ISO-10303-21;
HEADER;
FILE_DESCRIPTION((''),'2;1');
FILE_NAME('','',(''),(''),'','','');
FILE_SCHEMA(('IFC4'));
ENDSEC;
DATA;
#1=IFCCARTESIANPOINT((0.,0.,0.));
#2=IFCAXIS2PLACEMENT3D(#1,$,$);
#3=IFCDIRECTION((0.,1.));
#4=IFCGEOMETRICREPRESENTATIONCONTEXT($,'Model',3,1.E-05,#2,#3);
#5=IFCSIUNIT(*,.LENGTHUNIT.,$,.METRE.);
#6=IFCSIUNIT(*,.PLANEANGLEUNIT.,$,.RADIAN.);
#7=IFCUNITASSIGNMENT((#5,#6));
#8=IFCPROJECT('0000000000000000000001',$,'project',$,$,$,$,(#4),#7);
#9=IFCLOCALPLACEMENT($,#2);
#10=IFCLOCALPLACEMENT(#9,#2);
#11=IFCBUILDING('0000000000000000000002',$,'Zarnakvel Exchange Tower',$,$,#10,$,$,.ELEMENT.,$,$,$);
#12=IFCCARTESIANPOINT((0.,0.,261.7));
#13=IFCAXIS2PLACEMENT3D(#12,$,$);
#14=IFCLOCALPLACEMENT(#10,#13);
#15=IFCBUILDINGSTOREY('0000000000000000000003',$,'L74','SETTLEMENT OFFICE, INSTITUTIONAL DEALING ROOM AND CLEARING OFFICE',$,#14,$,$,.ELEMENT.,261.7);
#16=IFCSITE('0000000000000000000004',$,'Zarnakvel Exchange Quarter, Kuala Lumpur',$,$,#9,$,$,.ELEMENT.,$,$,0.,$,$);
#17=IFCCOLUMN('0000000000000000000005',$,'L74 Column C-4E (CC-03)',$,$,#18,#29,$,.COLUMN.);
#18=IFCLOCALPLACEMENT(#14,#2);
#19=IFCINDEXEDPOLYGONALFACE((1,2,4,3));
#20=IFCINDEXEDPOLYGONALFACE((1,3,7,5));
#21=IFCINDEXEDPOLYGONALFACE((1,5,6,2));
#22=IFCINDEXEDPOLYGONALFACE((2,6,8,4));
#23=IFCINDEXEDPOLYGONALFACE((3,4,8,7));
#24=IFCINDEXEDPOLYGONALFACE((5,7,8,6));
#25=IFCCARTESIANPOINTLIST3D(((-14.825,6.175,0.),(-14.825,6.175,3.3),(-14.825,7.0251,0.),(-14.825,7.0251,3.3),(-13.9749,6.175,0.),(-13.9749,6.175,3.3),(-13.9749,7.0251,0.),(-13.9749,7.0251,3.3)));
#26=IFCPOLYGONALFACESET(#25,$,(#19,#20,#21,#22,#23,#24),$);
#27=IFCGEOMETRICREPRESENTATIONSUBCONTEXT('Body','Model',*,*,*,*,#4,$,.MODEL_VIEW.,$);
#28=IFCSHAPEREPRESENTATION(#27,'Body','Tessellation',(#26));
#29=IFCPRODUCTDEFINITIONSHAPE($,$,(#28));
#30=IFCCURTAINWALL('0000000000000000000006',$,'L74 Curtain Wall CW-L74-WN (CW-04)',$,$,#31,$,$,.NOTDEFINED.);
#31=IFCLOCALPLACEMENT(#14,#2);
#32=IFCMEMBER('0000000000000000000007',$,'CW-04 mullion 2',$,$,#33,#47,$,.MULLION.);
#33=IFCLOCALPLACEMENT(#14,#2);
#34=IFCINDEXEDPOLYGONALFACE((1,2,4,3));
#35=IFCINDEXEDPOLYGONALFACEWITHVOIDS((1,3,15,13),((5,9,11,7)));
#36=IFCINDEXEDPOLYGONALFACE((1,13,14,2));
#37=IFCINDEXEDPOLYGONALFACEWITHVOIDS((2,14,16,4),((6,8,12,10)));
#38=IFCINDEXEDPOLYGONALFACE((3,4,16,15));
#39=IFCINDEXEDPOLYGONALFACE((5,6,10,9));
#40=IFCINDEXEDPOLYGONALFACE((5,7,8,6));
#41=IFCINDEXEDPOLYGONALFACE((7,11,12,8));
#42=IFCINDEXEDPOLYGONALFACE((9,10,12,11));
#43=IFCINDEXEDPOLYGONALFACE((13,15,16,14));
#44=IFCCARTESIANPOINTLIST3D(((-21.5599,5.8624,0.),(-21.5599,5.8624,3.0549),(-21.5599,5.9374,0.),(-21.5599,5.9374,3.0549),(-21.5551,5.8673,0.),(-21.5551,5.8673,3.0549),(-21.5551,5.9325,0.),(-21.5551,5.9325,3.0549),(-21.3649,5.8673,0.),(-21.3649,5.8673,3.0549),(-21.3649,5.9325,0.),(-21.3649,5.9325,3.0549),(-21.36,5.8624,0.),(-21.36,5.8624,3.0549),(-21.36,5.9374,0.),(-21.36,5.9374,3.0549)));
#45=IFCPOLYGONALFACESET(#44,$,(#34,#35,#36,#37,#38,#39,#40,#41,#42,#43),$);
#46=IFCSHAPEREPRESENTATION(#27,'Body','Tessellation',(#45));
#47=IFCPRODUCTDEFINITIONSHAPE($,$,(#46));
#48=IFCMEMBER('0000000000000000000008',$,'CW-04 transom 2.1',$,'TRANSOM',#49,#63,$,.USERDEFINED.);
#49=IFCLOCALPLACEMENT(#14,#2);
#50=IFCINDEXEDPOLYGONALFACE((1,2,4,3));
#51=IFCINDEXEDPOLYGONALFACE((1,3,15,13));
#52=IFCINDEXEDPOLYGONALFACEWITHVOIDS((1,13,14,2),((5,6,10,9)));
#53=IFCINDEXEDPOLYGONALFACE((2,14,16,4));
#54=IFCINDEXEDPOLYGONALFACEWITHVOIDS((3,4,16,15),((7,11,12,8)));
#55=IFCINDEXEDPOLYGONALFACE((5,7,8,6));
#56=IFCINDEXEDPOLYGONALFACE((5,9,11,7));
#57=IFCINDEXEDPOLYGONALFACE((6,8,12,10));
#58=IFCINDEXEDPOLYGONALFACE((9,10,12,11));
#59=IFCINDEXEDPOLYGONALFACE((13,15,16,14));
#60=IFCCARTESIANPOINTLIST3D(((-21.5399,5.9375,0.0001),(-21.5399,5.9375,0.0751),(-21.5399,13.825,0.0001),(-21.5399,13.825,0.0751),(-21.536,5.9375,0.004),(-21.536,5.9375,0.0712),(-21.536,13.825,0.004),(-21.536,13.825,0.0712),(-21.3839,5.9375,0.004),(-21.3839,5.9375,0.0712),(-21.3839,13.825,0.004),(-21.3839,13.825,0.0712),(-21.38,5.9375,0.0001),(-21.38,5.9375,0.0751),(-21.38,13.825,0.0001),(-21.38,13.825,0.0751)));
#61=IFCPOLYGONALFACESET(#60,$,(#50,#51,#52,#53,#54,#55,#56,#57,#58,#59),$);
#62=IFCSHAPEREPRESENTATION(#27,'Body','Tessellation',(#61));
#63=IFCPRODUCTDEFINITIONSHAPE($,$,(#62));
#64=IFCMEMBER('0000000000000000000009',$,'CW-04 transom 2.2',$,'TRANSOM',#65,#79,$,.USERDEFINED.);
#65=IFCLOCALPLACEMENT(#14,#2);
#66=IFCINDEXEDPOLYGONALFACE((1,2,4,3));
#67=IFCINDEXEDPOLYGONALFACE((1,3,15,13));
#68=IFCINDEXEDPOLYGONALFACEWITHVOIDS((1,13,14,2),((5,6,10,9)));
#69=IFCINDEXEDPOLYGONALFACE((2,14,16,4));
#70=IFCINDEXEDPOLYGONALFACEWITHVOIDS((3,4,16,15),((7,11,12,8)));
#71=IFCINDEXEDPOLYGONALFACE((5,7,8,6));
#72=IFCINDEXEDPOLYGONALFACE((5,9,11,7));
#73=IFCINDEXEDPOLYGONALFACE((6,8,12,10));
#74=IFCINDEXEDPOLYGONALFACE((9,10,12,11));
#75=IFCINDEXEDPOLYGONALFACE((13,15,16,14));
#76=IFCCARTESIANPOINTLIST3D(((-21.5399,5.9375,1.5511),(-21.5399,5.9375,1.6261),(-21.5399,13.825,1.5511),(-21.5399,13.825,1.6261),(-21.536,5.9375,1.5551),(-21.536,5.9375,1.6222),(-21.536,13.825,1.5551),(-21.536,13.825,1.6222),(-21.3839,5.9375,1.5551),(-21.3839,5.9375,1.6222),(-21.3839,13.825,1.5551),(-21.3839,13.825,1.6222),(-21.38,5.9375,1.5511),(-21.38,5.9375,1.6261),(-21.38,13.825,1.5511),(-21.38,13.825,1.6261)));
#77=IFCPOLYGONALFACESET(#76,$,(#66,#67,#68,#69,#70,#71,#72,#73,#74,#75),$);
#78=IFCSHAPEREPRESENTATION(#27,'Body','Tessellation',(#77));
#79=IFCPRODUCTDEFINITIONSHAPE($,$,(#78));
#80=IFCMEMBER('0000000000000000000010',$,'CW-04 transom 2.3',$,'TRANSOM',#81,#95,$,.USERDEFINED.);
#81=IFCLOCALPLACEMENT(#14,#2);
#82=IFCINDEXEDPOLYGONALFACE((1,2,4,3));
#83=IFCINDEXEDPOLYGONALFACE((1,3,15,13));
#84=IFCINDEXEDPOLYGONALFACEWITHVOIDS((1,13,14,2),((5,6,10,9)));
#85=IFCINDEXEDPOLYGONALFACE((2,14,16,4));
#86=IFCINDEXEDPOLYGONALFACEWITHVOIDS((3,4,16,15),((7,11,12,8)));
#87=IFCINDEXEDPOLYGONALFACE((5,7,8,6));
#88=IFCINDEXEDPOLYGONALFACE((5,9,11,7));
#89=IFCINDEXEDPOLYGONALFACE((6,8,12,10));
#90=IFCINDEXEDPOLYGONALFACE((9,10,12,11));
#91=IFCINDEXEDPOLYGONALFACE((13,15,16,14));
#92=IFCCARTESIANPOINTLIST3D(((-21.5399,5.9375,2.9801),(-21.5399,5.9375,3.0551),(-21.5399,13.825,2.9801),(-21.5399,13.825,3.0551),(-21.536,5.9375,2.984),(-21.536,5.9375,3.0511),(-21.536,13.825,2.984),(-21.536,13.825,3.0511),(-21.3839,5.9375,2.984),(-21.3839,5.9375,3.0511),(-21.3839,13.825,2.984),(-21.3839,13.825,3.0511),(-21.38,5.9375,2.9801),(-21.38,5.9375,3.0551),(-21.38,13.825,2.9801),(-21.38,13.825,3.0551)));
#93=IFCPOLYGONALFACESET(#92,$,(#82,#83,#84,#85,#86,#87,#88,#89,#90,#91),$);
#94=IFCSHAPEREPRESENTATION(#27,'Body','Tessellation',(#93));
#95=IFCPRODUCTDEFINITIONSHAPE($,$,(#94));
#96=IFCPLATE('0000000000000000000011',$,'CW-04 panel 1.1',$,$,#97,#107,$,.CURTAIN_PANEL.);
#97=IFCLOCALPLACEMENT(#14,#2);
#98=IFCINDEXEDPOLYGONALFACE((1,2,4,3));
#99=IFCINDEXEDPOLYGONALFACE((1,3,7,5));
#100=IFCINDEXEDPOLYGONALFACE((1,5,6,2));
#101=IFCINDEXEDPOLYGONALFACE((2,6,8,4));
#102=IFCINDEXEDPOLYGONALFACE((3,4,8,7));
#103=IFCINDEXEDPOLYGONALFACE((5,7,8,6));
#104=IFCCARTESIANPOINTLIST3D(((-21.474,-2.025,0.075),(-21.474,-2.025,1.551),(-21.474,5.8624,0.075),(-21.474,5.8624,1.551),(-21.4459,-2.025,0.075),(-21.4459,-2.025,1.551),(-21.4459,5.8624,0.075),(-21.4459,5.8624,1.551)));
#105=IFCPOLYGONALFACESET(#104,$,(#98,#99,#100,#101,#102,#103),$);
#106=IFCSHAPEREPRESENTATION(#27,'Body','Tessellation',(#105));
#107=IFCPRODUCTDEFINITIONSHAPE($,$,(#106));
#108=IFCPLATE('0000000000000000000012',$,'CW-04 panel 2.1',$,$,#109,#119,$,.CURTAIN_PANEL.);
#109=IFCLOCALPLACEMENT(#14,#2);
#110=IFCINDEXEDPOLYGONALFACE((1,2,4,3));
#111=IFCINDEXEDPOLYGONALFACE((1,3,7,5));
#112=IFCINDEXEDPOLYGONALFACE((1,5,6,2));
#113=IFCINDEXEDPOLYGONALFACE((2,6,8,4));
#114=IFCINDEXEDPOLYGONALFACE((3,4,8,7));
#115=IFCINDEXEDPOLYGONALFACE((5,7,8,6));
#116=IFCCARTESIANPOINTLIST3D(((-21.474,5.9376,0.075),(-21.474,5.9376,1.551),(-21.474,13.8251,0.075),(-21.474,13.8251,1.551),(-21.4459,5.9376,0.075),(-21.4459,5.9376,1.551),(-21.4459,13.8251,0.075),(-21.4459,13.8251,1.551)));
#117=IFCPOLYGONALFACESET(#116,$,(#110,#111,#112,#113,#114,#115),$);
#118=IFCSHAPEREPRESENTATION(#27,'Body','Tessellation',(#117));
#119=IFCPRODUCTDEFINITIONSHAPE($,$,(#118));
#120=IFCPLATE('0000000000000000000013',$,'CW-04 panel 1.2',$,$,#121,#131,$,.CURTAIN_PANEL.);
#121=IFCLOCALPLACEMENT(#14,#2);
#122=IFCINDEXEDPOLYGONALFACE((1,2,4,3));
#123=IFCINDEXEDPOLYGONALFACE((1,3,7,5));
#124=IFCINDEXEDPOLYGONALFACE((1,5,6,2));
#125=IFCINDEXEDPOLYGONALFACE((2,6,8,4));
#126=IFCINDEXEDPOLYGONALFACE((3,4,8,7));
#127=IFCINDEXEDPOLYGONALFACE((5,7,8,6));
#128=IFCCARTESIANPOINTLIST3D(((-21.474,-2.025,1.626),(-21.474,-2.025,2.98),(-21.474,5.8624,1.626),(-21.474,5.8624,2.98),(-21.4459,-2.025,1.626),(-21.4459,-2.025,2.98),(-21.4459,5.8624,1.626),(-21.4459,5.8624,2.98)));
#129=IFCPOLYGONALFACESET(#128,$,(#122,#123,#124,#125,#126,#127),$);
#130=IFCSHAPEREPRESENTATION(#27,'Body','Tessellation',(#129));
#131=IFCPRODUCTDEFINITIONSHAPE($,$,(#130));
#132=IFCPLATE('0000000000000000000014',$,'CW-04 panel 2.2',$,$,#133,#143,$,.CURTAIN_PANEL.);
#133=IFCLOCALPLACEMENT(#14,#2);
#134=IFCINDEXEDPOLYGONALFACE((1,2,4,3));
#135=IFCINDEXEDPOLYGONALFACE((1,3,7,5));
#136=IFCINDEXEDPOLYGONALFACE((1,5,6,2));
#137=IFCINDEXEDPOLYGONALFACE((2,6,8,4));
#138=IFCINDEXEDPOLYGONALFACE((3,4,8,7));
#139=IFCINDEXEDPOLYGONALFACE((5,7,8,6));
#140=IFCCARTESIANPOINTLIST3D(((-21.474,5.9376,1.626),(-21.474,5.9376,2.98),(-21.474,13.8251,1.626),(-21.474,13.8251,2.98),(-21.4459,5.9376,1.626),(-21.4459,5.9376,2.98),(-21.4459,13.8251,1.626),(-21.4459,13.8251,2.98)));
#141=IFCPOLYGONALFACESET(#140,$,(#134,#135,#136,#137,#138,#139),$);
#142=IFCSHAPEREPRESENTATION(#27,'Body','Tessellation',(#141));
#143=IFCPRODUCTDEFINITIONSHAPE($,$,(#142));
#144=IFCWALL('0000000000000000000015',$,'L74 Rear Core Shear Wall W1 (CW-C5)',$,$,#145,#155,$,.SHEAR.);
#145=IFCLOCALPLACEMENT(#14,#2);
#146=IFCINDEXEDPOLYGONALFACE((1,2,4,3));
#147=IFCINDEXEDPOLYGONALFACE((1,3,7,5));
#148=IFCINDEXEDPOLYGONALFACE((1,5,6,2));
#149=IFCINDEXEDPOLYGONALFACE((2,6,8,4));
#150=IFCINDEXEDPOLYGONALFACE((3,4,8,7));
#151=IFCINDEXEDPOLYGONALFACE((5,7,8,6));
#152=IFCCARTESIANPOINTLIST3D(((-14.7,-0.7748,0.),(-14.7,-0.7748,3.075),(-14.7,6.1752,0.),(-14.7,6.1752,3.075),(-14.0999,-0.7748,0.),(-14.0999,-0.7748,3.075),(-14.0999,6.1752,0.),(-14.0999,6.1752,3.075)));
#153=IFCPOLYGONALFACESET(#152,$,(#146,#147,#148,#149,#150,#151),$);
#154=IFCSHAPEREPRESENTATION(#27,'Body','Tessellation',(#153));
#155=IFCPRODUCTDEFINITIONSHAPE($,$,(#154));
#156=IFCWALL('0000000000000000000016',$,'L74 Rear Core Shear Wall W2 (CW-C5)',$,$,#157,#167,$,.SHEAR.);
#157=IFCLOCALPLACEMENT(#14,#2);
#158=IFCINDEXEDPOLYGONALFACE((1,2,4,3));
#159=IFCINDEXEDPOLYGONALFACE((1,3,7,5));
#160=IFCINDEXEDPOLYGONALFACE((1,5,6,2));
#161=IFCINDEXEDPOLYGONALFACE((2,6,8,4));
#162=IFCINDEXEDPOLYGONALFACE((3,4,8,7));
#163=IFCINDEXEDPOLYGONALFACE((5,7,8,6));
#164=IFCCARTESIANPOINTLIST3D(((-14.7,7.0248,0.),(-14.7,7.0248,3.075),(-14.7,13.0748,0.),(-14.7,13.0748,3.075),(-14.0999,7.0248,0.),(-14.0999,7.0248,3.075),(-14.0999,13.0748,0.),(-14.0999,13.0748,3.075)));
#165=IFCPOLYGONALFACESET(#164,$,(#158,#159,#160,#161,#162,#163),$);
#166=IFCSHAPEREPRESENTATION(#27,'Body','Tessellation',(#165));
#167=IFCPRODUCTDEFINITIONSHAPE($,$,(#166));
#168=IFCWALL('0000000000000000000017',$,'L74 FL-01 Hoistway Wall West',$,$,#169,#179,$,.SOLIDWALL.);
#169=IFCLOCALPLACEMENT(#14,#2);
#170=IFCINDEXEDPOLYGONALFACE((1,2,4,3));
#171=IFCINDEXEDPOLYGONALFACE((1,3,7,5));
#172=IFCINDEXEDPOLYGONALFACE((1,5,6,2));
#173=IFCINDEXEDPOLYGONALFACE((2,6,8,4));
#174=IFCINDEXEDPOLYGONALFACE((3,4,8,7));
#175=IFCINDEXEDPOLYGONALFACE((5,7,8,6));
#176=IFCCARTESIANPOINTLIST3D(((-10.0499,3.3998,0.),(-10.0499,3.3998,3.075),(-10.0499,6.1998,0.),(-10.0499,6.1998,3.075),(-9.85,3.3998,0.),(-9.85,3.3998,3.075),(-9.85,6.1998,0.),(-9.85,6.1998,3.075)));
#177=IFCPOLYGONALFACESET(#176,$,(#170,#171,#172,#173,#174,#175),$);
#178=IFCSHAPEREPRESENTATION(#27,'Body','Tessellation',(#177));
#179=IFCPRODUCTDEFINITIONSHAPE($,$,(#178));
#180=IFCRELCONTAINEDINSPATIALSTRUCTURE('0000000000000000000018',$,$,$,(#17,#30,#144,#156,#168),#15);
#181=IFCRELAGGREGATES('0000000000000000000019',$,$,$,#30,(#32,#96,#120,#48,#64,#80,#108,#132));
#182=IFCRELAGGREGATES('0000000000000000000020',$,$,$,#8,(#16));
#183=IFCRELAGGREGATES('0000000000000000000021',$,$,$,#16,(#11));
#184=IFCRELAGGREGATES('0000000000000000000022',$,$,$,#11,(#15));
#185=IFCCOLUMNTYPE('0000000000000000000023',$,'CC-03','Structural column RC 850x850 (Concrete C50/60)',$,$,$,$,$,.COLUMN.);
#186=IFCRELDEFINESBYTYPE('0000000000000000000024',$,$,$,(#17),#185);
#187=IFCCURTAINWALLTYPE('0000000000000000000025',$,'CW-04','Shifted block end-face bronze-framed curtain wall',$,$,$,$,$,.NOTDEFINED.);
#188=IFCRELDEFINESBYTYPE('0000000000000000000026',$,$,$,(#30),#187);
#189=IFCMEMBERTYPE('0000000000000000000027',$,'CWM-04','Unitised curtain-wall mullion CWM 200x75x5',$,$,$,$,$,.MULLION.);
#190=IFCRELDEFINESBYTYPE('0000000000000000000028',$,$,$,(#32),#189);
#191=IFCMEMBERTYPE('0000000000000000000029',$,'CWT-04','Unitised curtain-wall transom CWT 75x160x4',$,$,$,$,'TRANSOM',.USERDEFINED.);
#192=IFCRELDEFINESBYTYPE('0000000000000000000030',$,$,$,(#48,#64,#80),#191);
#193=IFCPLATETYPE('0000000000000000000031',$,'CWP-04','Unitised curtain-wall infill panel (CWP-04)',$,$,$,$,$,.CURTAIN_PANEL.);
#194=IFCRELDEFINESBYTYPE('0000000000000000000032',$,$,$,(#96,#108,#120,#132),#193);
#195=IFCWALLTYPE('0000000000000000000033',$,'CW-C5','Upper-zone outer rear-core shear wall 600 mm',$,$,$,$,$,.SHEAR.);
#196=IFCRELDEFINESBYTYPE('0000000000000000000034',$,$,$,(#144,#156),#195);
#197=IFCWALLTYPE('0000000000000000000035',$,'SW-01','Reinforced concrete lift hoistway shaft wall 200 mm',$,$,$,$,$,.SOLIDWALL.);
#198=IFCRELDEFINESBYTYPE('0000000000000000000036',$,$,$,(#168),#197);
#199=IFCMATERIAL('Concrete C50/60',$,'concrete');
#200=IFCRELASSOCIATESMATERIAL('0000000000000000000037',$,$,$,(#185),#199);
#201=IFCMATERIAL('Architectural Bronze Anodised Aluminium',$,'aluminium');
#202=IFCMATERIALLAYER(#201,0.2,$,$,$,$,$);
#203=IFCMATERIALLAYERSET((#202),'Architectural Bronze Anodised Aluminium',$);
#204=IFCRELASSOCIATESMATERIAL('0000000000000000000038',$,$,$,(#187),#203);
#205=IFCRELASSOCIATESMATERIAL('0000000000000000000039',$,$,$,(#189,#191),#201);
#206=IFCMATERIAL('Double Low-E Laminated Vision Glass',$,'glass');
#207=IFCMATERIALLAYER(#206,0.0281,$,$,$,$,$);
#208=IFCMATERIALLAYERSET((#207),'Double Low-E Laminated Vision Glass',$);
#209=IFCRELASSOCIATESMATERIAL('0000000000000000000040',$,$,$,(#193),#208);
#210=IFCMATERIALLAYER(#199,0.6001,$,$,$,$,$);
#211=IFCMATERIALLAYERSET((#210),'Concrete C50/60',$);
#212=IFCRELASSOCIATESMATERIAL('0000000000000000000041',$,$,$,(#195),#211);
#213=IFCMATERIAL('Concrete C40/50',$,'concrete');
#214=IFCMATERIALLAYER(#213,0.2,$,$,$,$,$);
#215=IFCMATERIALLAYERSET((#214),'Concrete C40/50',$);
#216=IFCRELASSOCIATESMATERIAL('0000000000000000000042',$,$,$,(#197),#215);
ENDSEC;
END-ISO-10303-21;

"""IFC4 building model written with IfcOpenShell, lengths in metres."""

from ifc_helpers import new_model, si_unit, direction, frame, frame_2d, origin, origin_2d, place, context, subcontext, project, spatial, rectangle, hollow_rectangle, extrude, source, transform, mapped, material, layer, layer_set, material_profile, profile_set, type_object, element, aggregate, save


model = new_model("IFC4")

# Units and contexts
model_context = context("Model", 3, precision=1e-05, world=origin(), true_north=direction((0.0, 1.0)))
body_context = subcontext(model_context, "Body", "Model", "MODEL_VIEW")
ifc_project = project(units=[si_unit("LENGTHUNIT", "METRE"), si_unit("PLANEANGLEUNIT", "RADIAN")], contexts=[model_context])

# Site, building, storey
site_placement = place(None, origin())
site = spatial("IfcSite", under=ifc_project, at=site_placement, Name="Zarnakvel Exchange Quarter, Kuala Lumpur", CompositionType="ELEMENT", RefElevation=0.0)
building_placement = place(site_placement, origin())
building = spatial("IfcBuilding", under=site, at=building_placement, Name="Zarnakvel Exchange Tower", CompositionType="ELEMENT")
storey_placement = place(building_placement, frame((0.0, 0.0, 261.7)))
storey = spatial("IfcBuildingStorey", under=building, at=storey_placement, Name="L74", Description="SETTLEMENT OFFICE, INSTITUTIONAL DEALING ROOM AND CLEARING OFFICE", CompositionType="ELEMENT", Elevation=261.7)

# Column
ifc_material_1 = material(Name="Concrete C50/60", Category="concrete")
ifc_material_profile_1 = material_profile(ifc_material_1, rectangle(XDim=0.8501, YDim=0.8501, at=origin_2d()))
ifc_profile_set_1 = profile_set([ifc_material_profile_1], Name="Concrete C50/60")
column_type = type_object("IfcColumnType", Name="CC-03", Description="Structural column RC 850x850 (Concrete C50/60)", PredefinedType="COLUMN", material=ifc_profile_set_1)
column_placement = place(storey_placement, frame((-14.3999, 6.6001, 0.0), z_axis=(0.0, 0.0, 1.0), x_axis=(1.0, 0.0, 0.0)))
element("IfcColumn", 1, at=column_placement, inside=storey, type_object=column_type, Name="L74 Column C-4E (CC-03)", PredefinedType="COLUMN", context=body_context, shape_type="SweptSolid", body=[
    extrude(rectangle(XDim=0.8501, YDim=0.8501, at=origin_2d()), origin(), (0.0, 0.0, 1.0), 3.3),
])

# Curtain wall, members, plates
ifc_material_2 = material(Name="Architectural Bronze Anodised Aluminium", Category="aluminium")
ifc_layer_1 = layer(ifc_material_2, 0.2)
ifc_layer_set_1 = layer_set([ifc_layer_1], Name="Architectural Bronze Anodised Aluminium")
curtain_wall_type = type_object("IfcCurtainWallType", Name="CW-04", Description="Shifted block end-face bronze-framed curtain wall", PredefinedType="NOTDEFINED", material=ifc_layer_set_1)
curtain_wall_placement = place(storey_placement, origin())
curtain_wall = element("IfcCurtainWall", 2, at=curtain_wall_placement, inside=storey, type_object=curtain_wall_type, Name="L74 Curtain Wall CW-L74-WN (CW-04)", PredefinedType="NOTDEFINED")
ifc_material_profile_2 = material_profile(ifc_material_2, hollow_rectangle(XDim=0.2, YDim=0.075, WallThickness=0.0049, at=origin_2d()))
ifc_profile_set_2 = profile_set([ifc_material_profile_2], Name="Architectural Bronze Anodised Aluminium")
member_type_1 = type_object("IfcMemberType", Name="CWM-04", Description="Unitised curtain-wall mullion CWM 200x75x5", PredefinedType="MULLION", material=ifc_profile_set_2)
shared_shape_1 = source(origin(), body_context, "Body", "SweptSolid", [
    extrude(hollow_rectangle(XDim=0.2, YDim=0.075, WallThickness=0.0049, at=origin_2d()), origin(), (0.0, 0.0, 1.0), 3.0549),
])
member_1_placement = place(storey_placement, frame((-21.46, 5.8999, 0.0), z_axis=(0.0, 0.0, 1.0), x_axis=(-1.0, 0.0, 0.0)))
member_1 = element("IfcMember", 3, at=member_1_placement, type_object=member_type_1, Name="CW-04 mullion 2", PredefinedType="MULLION", context=body_context, shape_type="MappedRepresentation", body=[
    mapped(shared_shape_1, transform((0.0, 0.0, 0.0), x_axis=(1.0, 0.0, 0.0), y_axis=(0.0, 1.0, 0.0), z_axis=(0.0, 0.0, 1.0), scale=1.0)),
])
ifc_material_profile_3 = material_profile(ifc_material_2, hollow_rectangle(XDim=0.1599, YDim=0.075, WallThickness=0.0039, at=origin_2d()))
ifc_profile_set_3 = profile_set([ifc_material_profile_3], Name="Architectural Bronze Anodised Aluminium")
member_type_2 = type_object("IfcMemberType", Name="CWT-04", Description="Unitised curtain-wall transom CWT 75x160x4", ElementType="TRANSOM", PredefinedType="USERDEFINED", material=ifc_profile_set_3)
shared_shape_2 = source(origin(), body_context, "Body", "SweptSolid", [
    extrude(hollow_rectangle(XDim=0.1599, YDim=0.075, WallThickness=0.0039, at=origin_2d()), origin(), (0.0, 0.0, 1.0), 7.8875),
])
member_2_placement = place(storey_placement, frame((-21.46, 5.9375, 0.0376), z_axis=(0.0, 1.0, 0.0), x_axis=(-1.0, 0.0, 0.0)))
member_2 = element("IfcMember", 4, at=member_2_placement, type_object=member_type_2, Name="CW-04 transom 2.1", ObjectType="TRANSOM", PredefinedType="USERDEFINED", context=body_context, shape_type="MappedRepresentation", body=[
    mapped(shared_shape_2, transform((0.0, 0.0, 0.0), x_axis=(1.0, 0.0, 0.0), y_axis=(0.0, 1.0, 0.0), z_axis=(0.0, 0.0, 1.0), scale=1.0)),
])
member_3_placement = place(storey_placement, frame((-21.46, 5.9375, 1.5886), z_axis=(0.0, 1.0, 0.0), x_axis=(-1.0, 0.0, 0.0)))
member_3 = element("IfcMember", 5, at=member_3_placement, type_object=member_type_2, Name="CW-04 transom 2.2", ObjectType="TRANSOM", PredefinedType="USERDEFINED", context=body_context, shape_type="MappedRepresentation", body=[
    mapped(shared_shape_2, transform((0.0, 0.0, 0.0), x_axis=(1.0, 0.0, 0.0), y_axis=(0.0, 1.0, 0.0), z_axis=(0.0, 0.0, 1.0), scale=1.0)),
])
member_4_placement = place(storey_placement, frame((-21.46, 5.9375, 3.0176), z_axis=(0.0, 1.0, 0.0), x_axis=(-1.0, 0.0, 0.0)))
member_4 = element("IfcMember", 6, at=member_4_placement, type_object=member_type_2, Name="CW-04 transom 2.3", ObjectType="TRANSOM", PredefinedType="USERDEFINED", context=body_context, shape_type="MappedRepresentation", body=[
    mapped(shared_shape_2, transform((0.0, 0.0, 0.0), x_axis=(1.0, 0.0, 0.0), y_axis=(0.0, 1.0, 0.0), z_axis=(0.0, 0.0, 1.0), scale=1.0)),
])
ifc_material_3 = material(Name="Double Low-E Laminated Vision Glass", Category="glass")
ifc_layer_2 = layer(ifc_material_3, 0.0281)
ifc_layer_set_2 = layer_set([ifc_layer_2], Name="Double Low-E Laminated Vision Glass")
plate_type = type_object("IfcPlateType", Name="CWP-04", Description="Unitised curtain-wall infill panel (CWP-04)", PredefinedType="CURTAIN_PANEL", material=ifc_layer_set_2)
shared_shape_3 = source(origin(), body_context, "Body", "SweptSolid", [
    extrude(rectangle(XDim=7.8875, YDim=0.0281, at=origin_2d()), origin(), (0.0, 0.0, 1.0), 1.4761),
])
plate_1_placement = place(storey_placement, frame((-21.46, 1.9187, 0.075), z_axis=(0.0, 0.0, 1.0), x_axis=(0.0, 1.0, 0.0)))
plate_1 = element("IfcPlate", 7, at=plate_1_placement, type_object=plate_type, Name="CW-04 panel 1.1", PredefinedType="CURTAIN_PANEL", context=body_context, shape_type="MappedRepresentation", body=[
    mapped(shared_shape_3, transform((0.0, 0.0, 0.0), x_axis=(1.0, 0.0, 0.0), y_axis=(0.0, 1.0, 0.0), z_axis=(0.0, 0.0, 1.0), scale=1.0)),
])
plate_2_placement = place(storey_placement, frame((-21.46, 9.8813, 0.075), z_axis=(0.0, 0.0, 1.0), x_axis=(0.0, 1.0, 0.0)))
plate_2 = element("IfcPlate", 8, at=plate_2_placement, type_object=plate_type, Name="CW-04 panel 2.1", PredefinedType="CURTAIN_PANEL", context=body_context, shape_type="MappedRepresentation", body=[
    mapped(shared_shape_3, transform((0.0, 0.0, 0.0), x_axis=(1.0, 0.0, 0.0), y_axis=(0.0, 1.0, 0.0), z_axis=(0.0, 0.0, 1.0), scale=1.0)),
])
shared_shape_4 = source(origin(), body_context, "Body", "SweptSolid", [
    extrude(rectangle(XDim=7.8875, YDim=0.0281, at=origin_2d()), origin(), (0.0, 0.0, 1.0), 1.354),
])
plate_3_placement = place(storey_placement, frame((-21.46, 1.9187, 1.626), z_axis=(0.0, 0.0, 1.0), x_axis=(0.0, 1.0, 0.0)))
plate_3 = element("IfcPlate", 9, at=plate_3_placement, type_object=plate_type, Name="CW-04 panel 1.2", PredefinedType="CURTAIN_PANEL", context=body_context, shape_type="MappedRepresentation", body=[
    mapped(shared_shape_4, transform((0.0, 0.0, 0.0), x_axis=(1.0, 0.0, 0.0), y_axis=(0.0, 1.0, 0.0), z_axis=(0.0, 0.0, 1.0), scale=1.0)),
])
plate_4_placement = place(storey_placement, frame((-21.46, 9.8813, 1.626), z_axis=(0.0, 0.0, 1.0), x_axis=(0.0, 1.0, 0.0)))
plate_4 = element("IfcPlate", 10, at=plate_4_placement, type_object=plate_type, Name="CW-04 panel 2.2", PredefinedType="CURTAIN_PANEL", context=body_context, shape_type="MappedRepresentation", body=[
    mapped(shared_shape_4, transform((0.0, 0.0, 0.0), x_axis=(1.0, 0.0, 0.0), y_axis=(0.0, 1.0, 0.0), z_axis=(0.0, 0.0, 1.0), scale=1.0)),
])
aggregate(curtain_wall, [member_1, plate_1, plate_3, member_2, member_3, member_4, plate_2, plate_4])

# Walls
ifc_layer_3 = layer(ifc_material_1, 0.6001)
ifc_layer_set_3 = layer_set([ifc_layer_3], Name="Concrete C50/60")
wall_type_1 = type_object("IfcWallType", Name="CW-C5", Description="Upper-zone outer rear-core shear wall 600 mm", PredefinedType="SHEAR", material=ifc_layer_set_3)
wall_1_placement = place(storey_placement, frame((-14.3999, -0.7749, 0.0), z_axis=(0.0, 0.0, 1.0), x_axis=(0.0, 1.0, 0.0)))
element("IfcWall", 11, at=wall_1_placement, inside=storey, type_object=wall_type_1, Name="L74 Rear Core Shear Wall W1 (CW-C5)", PredefinedType="SHEAR", context=body_context, shape_type="SweptSolid", body=[
    extrude(rectangle(XDim=6.95, YDim=0.6001, at=frame_2d((3.4751, 0.0))), origin(), (0.0, 0.0, 1.0), 3.075),
])
wall_2_placement = place(storey_placement, frame((-14.3999, 7.0249, 0.0), z_axis=(0.0, 0.0, 1.0), x_axis=(0.0, 1.0, 0.0)))
element("IfcWall", 12, at=wall_2_placement, inside=storey, type_object=wall_type_1, Name="L74 Rear Core Shear Wall W2 (CW-C5)", PredefinedType="SHEAR", context=body_context, shape_type="SweptSolid", body=[
    extrude(rectangle(XDim=6.05, YDim=0.6001, at=frame_2d((3.0249, 0.0))), origin(), (0.0, 0.0, 1.0), 3.075),
])
ifc_material_4 = material(Name="Concrete C40/50", Category="concrete")
ifc_layer_4 = layer(ifc_material_4, 0.2)
ifc_layer_set_4 = layer_set([ifc_layer_4], Name="Concrete C40/50")
wall_type_2 = type_object("IfcWallType", Name="SW-01", Description="Reinforced concrete lift hoistway shaft wall 200 mm", PredefinedType="SOLIDWALL", material=ifc_layer_set_4)
wall_3_placement = place(storey_placement, frame((-9.95, 3.3999, 0.0), z_axis=(0.0, 0.0, 1.0), x_axis=(0.0, 1.0, 0.0)))
element("IfcWall", 13, at=wall_3_placement, inside=storey, type_object=wall_type_2, Name="L74 FL-01 Hoistway Wall West", PredefinedType="SOLIDWALL", context=body_context, shape_type="SweptSolid", body=[
    extrude(rectangle(XDim=2.8, YDim=0.2, at=frame_2d((1.3999, 0.0))), origin(), (0.0, 0.0, 1.0), 3.075),
])

save(model, "model.ifc")
